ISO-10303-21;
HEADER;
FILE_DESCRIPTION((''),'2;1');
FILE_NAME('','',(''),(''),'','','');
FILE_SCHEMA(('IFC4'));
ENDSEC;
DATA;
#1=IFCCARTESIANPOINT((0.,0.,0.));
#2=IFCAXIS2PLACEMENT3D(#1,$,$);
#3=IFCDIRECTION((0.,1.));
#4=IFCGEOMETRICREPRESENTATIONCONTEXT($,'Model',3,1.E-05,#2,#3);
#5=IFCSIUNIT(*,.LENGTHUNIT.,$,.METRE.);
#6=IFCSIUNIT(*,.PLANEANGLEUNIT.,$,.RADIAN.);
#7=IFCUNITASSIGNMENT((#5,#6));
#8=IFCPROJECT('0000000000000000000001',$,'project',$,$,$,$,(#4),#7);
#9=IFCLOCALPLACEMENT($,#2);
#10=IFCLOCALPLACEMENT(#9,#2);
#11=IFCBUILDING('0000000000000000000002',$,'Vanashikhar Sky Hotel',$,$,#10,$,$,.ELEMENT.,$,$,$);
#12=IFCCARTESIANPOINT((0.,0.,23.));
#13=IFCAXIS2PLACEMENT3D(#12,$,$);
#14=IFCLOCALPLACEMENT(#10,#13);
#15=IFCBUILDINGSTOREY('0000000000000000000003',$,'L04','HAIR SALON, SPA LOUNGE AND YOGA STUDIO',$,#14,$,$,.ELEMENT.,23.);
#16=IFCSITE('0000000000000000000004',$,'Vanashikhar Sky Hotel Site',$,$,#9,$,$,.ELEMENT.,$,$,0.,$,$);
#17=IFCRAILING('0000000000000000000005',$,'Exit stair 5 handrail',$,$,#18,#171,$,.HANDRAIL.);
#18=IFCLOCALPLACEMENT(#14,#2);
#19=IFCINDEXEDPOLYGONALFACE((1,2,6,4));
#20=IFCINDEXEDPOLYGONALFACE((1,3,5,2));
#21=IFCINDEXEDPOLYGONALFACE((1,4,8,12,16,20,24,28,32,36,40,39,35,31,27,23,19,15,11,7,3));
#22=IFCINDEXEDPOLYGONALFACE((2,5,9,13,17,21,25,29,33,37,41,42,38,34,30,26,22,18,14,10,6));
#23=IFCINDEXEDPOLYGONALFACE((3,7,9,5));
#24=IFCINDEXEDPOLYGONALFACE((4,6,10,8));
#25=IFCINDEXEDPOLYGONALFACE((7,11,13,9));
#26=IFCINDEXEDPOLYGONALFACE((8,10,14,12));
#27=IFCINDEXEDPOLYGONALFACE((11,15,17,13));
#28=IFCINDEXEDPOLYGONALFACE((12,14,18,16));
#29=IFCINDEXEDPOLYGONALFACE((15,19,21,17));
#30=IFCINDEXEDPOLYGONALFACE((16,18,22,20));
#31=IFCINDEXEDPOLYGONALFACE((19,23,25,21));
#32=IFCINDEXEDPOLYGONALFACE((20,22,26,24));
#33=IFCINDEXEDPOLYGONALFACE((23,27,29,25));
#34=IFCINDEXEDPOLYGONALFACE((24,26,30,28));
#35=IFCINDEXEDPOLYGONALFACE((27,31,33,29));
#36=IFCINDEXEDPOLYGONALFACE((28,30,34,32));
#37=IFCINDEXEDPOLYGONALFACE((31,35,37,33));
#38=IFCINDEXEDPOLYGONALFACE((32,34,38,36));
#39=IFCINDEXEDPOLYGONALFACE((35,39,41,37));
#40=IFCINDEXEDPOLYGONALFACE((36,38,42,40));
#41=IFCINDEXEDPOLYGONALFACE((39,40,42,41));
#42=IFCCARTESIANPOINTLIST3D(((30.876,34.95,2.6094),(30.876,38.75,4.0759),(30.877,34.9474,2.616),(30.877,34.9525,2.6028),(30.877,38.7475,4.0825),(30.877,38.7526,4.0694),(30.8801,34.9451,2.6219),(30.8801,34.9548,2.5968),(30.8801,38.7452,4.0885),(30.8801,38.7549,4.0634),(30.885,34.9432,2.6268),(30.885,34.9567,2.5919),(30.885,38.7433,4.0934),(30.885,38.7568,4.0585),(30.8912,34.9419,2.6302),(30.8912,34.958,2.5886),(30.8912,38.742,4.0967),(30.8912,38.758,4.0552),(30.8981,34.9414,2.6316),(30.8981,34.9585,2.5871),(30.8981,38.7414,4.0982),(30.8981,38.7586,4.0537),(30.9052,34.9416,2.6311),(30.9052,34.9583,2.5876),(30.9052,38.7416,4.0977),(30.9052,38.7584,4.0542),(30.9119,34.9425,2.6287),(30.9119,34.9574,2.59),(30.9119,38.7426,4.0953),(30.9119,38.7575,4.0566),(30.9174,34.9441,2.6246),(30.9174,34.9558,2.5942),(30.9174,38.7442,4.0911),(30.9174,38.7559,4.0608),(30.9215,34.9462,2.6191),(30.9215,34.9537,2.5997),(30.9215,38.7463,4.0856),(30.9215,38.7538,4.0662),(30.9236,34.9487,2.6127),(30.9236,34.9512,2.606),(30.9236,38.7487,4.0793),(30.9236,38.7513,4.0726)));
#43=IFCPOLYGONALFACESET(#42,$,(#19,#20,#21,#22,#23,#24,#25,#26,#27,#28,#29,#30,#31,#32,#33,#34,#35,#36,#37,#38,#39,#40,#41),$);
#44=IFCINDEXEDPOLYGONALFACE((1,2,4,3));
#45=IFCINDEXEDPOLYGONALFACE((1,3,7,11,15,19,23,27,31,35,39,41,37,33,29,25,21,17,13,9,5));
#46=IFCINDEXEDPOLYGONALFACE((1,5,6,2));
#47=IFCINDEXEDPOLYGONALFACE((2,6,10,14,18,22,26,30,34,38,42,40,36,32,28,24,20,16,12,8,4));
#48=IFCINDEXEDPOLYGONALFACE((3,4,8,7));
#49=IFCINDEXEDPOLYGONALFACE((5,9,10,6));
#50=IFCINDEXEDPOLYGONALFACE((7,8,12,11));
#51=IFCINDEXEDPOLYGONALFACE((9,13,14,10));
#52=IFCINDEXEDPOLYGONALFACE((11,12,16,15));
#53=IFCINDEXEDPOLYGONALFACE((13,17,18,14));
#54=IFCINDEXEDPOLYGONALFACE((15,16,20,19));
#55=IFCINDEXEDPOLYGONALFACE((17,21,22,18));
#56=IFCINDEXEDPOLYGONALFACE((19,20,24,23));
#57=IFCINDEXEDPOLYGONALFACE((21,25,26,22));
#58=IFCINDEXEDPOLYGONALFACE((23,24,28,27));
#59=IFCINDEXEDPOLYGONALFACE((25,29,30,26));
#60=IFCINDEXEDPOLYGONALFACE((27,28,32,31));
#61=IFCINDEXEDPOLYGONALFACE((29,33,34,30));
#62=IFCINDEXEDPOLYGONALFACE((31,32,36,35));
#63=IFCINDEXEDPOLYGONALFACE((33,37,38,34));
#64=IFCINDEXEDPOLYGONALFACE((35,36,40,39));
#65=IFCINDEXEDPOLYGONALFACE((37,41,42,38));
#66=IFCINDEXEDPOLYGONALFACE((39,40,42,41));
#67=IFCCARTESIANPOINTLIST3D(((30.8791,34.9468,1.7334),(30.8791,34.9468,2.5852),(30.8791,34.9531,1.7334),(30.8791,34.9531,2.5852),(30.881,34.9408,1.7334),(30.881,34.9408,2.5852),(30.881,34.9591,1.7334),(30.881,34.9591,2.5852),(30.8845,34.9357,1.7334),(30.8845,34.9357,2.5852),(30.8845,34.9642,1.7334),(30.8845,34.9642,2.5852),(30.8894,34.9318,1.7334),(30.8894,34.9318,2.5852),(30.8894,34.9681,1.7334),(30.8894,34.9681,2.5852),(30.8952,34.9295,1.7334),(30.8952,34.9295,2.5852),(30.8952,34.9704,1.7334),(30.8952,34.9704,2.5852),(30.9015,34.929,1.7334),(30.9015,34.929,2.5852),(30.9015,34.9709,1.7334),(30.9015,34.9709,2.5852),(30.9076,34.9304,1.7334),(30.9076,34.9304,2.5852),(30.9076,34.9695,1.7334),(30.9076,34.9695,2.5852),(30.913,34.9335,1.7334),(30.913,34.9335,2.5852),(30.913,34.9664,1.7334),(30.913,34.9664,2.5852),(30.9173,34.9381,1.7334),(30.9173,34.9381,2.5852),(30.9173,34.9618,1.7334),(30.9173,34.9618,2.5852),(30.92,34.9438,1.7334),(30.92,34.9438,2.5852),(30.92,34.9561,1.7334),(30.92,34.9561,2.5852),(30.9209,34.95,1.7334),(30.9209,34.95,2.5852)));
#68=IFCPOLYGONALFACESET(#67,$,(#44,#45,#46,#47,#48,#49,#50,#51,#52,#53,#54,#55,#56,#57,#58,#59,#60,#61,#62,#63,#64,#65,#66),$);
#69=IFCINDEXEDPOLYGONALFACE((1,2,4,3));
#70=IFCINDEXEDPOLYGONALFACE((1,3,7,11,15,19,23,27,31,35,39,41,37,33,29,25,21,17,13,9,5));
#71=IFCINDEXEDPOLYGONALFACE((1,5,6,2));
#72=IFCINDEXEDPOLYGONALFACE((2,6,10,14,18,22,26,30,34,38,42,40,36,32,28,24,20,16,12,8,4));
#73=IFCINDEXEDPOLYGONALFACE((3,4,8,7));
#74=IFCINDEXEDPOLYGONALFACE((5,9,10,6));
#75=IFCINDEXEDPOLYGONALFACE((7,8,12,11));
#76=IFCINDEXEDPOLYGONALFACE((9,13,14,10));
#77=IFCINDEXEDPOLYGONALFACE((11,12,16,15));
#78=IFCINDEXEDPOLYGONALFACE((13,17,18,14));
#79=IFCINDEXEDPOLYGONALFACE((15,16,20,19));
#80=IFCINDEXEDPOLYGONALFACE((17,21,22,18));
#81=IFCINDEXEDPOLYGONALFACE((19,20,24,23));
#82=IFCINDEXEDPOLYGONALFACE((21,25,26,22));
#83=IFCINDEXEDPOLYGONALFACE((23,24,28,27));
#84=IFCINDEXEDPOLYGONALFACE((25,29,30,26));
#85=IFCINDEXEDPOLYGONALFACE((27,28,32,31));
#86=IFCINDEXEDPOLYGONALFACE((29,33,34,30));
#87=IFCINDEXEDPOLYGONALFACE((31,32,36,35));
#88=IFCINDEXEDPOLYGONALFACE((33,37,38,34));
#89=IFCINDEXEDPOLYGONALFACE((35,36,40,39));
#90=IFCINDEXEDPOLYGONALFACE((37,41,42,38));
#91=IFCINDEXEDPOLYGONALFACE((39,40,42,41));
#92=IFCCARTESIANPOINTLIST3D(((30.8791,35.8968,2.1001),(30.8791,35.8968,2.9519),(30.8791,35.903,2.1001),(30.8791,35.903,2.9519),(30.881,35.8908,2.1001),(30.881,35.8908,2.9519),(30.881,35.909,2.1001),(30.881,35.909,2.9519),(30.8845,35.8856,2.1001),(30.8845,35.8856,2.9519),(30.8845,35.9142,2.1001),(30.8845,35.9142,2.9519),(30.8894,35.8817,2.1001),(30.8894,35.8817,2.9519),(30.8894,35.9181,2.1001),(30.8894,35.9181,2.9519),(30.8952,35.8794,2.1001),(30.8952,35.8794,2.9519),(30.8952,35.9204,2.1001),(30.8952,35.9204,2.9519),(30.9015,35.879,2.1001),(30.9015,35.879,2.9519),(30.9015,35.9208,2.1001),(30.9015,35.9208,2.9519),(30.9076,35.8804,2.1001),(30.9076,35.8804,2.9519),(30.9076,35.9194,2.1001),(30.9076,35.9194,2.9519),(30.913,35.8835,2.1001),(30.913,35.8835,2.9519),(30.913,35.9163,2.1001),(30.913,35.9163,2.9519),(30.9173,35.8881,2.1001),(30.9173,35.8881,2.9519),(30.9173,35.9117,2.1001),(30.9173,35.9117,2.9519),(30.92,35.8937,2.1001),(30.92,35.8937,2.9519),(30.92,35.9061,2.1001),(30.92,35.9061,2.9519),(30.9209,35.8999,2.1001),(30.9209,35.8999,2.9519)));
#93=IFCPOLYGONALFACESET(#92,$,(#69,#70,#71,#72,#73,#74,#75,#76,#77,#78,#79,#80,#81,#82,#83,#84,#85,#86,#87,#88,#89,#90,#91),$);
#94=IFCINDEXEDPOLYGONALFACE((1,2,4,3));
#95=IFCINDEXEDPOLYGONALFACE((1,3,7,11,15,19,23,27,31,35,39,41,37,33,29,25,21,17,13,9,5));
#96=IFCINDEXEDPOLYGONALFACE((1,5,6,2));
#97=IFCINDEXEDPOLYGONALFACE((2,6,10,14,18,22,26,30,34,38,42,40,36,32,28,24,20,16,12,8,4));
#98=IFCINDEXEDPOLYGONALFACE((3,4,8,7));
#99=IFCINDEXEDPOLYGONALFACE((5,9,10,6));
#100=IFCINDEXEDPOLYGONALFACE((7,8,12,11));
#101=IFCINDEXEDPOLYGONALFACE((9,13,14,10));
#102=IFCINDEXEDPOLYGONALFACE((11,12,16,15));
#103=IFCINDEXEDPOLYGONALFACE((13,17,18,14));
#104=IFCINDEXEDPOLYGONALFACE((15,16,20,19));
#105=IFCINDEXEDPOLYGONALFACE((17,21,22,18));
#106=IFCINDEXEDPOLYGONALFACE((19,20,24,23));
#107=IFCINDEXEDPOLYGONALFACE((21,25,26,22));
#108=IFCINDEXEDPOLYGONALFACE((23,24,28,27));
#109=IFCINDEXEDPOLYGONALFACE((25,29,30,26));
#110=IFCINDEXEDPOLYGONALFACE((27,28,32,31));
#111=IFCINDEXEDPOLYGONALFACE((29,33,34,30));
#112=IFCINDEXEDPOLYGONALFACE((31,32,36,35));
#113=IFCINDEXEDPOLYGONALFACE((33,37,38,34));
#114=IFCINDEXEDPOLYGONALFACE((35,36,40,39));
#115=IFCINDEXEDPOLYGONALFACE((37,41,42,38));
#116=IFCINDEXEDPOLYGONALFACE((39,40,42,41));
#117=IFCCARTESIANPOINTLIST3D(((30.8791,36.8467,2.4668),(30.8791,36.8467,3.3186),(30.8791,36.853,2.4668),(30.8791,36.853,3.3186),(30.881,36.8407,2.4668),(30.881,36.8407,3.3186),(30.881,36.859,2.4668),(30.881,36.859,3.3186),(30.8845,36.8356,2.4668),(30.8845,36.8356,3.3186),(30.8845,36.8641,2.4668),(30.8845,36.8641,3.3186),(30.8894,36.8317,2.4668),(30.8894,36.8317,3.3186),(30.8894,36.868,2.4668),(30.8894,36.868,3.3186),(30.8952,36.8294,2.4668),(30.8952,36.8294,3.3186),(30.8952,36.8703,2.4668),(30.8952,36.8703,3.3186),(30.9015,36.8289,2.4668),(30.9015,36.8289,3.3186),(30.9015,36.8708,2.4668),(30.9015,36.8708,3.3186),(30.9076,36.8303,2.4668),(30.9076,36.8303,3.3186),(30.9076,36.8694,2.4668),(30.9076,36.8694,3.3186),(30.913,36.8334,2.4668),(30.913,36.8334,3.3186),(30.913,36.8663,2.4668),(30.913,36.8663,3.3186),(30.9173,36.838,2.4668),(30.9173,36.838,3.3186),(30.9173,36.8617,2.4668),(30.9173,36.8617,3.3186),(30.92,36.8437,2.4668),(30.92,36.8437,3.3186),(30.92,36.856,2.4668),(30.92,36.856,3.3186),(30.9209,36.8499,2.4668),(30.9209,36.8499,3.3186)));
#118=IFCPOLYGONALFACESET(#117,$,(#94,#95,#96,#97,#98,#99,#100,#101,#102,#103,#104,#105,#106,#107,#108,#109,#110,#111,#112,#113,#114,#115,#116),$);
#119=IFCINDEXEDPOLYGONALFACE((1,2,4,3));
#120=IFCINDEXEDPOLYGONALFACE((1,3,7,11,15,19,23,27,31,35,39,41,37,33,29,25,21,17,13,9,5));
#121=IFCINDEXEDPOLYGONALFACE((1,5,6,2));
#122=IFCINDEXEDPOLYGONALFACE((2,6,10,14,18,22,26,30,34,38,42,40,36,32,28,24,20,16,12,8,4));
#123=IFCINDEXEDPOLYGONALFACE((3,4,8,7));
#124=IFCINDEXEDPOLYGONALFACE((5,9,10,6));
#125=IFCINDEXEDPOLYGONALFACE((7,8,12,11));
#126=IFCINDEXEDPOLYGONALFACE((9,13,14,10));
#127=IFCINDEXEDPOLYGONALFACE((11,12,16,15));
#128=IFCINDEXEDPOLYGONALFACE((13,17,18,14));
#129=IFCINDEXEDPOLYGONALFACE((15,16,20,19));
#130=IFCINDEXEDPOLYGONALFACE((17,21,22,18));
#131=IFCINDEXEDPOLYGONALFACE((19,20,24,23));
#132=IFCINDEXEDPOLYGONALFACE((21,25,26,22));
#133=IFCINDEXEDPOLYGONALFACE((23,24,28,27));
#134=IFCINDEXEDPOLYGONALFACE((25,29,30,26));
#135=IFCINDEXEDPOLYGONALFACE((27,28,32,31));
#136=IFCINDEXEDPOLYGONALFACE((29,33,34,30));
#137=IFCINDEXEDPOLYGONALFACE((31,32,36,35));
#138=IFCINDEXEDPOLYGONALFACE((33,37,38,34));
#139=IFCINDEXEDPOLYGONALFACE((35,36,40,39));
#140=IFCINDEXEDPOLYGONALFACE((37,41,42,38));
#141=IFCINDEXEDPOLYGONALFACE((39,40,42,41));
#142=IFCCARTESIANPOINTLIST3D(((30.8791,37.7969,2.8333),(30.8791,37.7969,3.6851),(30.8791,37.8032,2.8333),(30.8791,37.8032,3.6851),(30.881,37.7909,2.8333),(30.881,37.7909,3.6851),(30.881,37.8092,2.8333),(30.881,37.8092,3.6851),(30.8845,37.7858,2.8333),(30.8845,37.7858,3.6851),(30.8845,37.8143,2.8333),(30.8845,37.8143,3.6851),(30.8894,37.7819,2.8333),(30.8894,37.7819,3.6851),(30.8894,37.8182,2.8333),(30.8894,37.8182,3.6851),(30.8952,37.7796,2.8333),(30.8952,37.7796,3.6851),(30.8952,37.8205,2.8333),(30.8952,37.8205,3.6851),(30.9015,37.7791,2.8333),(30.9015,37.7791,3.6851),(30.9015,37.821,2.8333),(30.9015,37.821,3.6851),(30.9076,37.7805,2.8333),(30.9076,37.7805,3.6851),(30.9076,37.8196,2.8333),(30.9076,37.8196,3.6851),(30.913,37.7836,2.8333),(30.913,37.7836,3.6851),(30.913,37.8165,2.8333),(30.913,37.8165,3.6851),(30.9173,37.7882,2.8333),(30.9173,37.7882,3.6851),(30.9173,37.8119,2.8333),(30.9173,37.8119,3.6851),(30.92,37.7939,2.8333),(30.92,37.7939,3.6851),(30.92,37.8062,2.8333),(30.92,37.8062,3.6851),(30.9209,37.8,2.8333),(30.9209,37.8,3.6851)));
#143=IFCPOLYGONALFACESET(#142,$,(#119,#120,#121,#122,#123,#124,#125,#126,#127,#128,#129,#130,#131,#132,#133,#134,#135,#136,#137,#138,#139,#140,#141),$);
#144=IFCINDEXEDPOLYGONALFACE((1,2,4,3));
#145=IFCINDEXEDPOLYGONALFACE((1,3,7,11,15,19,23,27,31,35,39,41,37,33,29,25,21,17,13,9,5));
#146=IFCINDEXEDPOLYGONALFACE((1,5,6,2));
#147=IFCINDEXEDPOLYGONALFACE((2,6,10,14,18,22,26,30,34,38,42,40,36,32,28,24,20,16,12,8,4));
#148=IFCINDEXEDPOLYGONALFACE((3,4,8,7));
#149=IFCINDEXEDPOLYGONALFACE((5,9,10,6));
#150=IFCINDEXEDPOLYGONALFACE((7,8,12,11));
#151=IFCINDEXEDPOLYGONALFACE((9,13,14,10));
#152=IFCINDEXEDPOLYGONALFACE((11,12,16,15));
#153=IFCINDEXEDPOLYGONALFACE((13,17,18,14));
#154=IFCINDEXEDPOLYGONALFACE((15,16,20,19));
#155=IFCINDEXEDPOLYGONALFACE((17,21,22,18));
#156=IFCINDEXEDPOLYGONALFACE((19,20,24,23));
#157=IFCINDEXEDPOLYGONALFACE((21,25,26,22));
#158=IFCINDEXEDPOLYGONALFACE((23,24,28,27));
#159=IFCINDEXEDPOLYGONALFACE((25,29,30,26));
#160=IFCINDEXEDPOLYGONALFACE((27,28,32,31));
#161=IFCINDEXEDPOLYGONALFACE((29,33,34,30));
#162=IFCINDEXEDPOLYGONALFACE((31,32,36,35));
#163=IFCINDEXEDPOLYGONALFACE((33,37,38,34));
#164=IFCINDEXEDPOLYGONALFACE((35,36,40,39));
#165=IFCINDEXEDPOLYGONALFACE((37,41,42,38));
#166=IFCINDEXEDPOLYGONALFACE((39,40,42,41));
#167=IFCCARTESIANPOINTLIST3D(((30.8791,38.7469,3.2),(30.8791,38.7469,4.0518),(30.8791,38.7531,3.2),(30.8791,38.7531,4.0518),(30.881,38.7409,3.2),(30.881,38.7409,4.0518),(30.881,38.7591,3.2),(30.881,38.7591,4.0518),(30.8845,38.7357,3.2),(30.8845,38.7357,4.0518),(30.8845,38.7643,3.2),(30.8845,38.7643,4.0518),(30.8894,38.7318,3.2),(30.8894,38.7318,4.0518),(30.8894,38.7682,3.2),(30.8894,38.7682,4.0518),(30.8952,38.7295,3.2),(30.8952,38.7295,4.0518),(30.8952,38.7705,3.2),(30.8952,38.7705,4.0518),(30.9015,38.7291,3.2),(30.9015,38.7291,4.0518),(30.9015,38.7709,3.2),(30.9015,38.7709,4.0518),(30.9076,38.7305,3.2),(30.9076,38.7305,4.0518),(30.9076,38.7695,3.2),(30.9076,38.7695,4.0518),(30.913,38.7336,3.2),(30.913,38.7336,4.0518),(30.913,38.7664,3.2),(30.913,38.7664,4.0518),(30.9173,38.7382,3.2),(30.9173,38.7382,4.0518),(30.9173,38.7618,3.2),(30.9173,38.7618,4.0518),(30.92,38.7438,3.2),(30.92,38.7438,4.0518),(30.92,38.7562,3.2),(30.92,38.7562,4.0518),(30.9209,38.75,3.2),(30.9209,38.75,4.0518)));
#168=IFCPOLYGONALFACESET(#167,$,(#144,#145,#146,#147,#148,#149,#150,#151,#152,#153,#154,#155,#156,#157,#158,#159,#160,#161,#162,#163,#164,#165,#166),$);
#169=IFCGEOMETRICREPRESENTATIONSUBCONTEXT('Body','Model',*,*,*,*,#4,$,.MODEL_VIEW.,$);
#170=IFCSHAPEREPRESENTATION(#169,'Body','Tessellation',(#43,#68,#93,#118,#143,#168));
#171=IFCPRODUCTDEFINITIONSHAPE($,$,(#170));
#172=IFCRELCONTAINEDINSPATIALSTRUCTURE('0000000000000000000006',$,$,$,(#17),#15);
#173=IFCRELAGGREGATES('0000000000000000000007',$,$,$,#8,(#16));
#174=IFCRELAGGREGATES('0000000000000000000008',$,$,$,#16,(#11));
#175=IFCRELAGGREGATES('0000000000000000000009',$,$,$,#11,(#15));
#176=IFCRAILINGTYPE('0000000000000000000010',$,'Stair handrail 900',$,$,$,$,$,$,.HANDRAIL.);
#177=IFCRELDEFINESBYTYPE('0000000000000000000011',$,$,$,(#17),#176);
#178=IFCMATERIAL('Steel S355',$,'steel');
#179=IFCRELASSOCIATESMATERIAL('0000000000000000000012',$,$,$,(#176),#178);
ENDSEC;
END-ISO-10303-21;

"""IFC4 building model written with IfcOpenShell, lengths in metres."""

from ifc_helpers import new_model, si_unit, direction, frame, origin, origin_2d, place, context, subcontext, project, spatial, circle, extrude, source, transform, mapped, material, type_object, element, save


model = new_model("IFC4")

# Units and contexts
model_context = context("Model", 3, precision=1e-05, world=origin(), true_north=direction((0.0, 1.0)))
body_context = subcontext(model_context, "Body", "Model", "MODEL_VIEW")
ifc_project = project(units=[si_unit("LENGTHUNIT", "METRE"), si_unit("PLANEANGLEUNIT", "RADIAN")], contexts=[model_context])

# Site, building, storey
site_placement = place(None, origin())
site = spatial("IfcSite", under=ifc_project, at=site_placement, Name="Vanashikhar Sky Hotel Site", CompositionType="ELEMENT", RefElevation=0.0)
building_placement = place(site_placement, origin())
building = spatial("IfcBuilding", under=site, at=building_placement, Name="Vanashikhar Sky Hotel", CompositionType="ELEMENT")
storey_placement = place(building_placement, frame((0.0, 0.0, 23.0)))
storey = spatial("IfcBuildingStorey", under=building, at=storey_placement, Name="L04", Description="HAIR SALON, SPA LOUNGE AND YOGA STUDIO", CompositionType="ELEMENT", Elevation=23.0)

# Railing
ifc_material_1 = material(Name="Steel S355", Category="steel")
railing_type_1 = type_object("IfcRailingType", Name="Stair handrail 900", PredefinedType="HANDRAIL", material=ifc_material_1)
shared_shape_1 = source(origin(), body_context, "Body", "SweptSolid", [
    extrude(circle(Radius=0.0239, at=origin_2d()), frame((0.0, 0.0, 0.876), z_axis=(0.0, 0.932934, 0.360047), x_axis=(-1.0, 0.0, 0.0)), (0.0, 0.0, 1.0), 4.0732),
    extrude(circle(Radius=0.021, at=origin_2d()), origin(), (0.0, 0.0, 1.0), 0.8518),
    extrude(circle(Radius=0.021, at=origin_2d()), frame((0.0, 0.95, 0.3667)), (0.0, 0.0, 1.0), 0.8518),
    extrude(circle(Radius=0.021, at=origin_2d()), frame((0.0, 1.8999, 0.7334)), (0.0, 0.0, 1.0), 0.8518),
    extrude(circle(Radius=0.021, at=origin_2d()), frame((0.0, 2.8501, 1.0999)), (0.0, 0.0, 1.0), 0.8518),
    extrude(circle(Radius=0.021, at=origin_2d()), frame((0.0, 3.8, 1.4666)), (0.0, 0.0, 1.0), 0.8518),
])
railing_1_placement = place(storey_placement, frame((30.8999, 34.95, 1.7334)))
element("IfcRailing", 1, at=railing_1_placement, inside=storey, type_object=railing_type_1, Name="Exit stair 5 handrail", PredefinedType="HANDRAIL", context=body_context, shape_type="MappedRepresentation", body=[
    mapped(shared_shape_1, transform((0.0, 0.0, 0.0), scale=1.0)),
])

save(model, "model.ifc")
